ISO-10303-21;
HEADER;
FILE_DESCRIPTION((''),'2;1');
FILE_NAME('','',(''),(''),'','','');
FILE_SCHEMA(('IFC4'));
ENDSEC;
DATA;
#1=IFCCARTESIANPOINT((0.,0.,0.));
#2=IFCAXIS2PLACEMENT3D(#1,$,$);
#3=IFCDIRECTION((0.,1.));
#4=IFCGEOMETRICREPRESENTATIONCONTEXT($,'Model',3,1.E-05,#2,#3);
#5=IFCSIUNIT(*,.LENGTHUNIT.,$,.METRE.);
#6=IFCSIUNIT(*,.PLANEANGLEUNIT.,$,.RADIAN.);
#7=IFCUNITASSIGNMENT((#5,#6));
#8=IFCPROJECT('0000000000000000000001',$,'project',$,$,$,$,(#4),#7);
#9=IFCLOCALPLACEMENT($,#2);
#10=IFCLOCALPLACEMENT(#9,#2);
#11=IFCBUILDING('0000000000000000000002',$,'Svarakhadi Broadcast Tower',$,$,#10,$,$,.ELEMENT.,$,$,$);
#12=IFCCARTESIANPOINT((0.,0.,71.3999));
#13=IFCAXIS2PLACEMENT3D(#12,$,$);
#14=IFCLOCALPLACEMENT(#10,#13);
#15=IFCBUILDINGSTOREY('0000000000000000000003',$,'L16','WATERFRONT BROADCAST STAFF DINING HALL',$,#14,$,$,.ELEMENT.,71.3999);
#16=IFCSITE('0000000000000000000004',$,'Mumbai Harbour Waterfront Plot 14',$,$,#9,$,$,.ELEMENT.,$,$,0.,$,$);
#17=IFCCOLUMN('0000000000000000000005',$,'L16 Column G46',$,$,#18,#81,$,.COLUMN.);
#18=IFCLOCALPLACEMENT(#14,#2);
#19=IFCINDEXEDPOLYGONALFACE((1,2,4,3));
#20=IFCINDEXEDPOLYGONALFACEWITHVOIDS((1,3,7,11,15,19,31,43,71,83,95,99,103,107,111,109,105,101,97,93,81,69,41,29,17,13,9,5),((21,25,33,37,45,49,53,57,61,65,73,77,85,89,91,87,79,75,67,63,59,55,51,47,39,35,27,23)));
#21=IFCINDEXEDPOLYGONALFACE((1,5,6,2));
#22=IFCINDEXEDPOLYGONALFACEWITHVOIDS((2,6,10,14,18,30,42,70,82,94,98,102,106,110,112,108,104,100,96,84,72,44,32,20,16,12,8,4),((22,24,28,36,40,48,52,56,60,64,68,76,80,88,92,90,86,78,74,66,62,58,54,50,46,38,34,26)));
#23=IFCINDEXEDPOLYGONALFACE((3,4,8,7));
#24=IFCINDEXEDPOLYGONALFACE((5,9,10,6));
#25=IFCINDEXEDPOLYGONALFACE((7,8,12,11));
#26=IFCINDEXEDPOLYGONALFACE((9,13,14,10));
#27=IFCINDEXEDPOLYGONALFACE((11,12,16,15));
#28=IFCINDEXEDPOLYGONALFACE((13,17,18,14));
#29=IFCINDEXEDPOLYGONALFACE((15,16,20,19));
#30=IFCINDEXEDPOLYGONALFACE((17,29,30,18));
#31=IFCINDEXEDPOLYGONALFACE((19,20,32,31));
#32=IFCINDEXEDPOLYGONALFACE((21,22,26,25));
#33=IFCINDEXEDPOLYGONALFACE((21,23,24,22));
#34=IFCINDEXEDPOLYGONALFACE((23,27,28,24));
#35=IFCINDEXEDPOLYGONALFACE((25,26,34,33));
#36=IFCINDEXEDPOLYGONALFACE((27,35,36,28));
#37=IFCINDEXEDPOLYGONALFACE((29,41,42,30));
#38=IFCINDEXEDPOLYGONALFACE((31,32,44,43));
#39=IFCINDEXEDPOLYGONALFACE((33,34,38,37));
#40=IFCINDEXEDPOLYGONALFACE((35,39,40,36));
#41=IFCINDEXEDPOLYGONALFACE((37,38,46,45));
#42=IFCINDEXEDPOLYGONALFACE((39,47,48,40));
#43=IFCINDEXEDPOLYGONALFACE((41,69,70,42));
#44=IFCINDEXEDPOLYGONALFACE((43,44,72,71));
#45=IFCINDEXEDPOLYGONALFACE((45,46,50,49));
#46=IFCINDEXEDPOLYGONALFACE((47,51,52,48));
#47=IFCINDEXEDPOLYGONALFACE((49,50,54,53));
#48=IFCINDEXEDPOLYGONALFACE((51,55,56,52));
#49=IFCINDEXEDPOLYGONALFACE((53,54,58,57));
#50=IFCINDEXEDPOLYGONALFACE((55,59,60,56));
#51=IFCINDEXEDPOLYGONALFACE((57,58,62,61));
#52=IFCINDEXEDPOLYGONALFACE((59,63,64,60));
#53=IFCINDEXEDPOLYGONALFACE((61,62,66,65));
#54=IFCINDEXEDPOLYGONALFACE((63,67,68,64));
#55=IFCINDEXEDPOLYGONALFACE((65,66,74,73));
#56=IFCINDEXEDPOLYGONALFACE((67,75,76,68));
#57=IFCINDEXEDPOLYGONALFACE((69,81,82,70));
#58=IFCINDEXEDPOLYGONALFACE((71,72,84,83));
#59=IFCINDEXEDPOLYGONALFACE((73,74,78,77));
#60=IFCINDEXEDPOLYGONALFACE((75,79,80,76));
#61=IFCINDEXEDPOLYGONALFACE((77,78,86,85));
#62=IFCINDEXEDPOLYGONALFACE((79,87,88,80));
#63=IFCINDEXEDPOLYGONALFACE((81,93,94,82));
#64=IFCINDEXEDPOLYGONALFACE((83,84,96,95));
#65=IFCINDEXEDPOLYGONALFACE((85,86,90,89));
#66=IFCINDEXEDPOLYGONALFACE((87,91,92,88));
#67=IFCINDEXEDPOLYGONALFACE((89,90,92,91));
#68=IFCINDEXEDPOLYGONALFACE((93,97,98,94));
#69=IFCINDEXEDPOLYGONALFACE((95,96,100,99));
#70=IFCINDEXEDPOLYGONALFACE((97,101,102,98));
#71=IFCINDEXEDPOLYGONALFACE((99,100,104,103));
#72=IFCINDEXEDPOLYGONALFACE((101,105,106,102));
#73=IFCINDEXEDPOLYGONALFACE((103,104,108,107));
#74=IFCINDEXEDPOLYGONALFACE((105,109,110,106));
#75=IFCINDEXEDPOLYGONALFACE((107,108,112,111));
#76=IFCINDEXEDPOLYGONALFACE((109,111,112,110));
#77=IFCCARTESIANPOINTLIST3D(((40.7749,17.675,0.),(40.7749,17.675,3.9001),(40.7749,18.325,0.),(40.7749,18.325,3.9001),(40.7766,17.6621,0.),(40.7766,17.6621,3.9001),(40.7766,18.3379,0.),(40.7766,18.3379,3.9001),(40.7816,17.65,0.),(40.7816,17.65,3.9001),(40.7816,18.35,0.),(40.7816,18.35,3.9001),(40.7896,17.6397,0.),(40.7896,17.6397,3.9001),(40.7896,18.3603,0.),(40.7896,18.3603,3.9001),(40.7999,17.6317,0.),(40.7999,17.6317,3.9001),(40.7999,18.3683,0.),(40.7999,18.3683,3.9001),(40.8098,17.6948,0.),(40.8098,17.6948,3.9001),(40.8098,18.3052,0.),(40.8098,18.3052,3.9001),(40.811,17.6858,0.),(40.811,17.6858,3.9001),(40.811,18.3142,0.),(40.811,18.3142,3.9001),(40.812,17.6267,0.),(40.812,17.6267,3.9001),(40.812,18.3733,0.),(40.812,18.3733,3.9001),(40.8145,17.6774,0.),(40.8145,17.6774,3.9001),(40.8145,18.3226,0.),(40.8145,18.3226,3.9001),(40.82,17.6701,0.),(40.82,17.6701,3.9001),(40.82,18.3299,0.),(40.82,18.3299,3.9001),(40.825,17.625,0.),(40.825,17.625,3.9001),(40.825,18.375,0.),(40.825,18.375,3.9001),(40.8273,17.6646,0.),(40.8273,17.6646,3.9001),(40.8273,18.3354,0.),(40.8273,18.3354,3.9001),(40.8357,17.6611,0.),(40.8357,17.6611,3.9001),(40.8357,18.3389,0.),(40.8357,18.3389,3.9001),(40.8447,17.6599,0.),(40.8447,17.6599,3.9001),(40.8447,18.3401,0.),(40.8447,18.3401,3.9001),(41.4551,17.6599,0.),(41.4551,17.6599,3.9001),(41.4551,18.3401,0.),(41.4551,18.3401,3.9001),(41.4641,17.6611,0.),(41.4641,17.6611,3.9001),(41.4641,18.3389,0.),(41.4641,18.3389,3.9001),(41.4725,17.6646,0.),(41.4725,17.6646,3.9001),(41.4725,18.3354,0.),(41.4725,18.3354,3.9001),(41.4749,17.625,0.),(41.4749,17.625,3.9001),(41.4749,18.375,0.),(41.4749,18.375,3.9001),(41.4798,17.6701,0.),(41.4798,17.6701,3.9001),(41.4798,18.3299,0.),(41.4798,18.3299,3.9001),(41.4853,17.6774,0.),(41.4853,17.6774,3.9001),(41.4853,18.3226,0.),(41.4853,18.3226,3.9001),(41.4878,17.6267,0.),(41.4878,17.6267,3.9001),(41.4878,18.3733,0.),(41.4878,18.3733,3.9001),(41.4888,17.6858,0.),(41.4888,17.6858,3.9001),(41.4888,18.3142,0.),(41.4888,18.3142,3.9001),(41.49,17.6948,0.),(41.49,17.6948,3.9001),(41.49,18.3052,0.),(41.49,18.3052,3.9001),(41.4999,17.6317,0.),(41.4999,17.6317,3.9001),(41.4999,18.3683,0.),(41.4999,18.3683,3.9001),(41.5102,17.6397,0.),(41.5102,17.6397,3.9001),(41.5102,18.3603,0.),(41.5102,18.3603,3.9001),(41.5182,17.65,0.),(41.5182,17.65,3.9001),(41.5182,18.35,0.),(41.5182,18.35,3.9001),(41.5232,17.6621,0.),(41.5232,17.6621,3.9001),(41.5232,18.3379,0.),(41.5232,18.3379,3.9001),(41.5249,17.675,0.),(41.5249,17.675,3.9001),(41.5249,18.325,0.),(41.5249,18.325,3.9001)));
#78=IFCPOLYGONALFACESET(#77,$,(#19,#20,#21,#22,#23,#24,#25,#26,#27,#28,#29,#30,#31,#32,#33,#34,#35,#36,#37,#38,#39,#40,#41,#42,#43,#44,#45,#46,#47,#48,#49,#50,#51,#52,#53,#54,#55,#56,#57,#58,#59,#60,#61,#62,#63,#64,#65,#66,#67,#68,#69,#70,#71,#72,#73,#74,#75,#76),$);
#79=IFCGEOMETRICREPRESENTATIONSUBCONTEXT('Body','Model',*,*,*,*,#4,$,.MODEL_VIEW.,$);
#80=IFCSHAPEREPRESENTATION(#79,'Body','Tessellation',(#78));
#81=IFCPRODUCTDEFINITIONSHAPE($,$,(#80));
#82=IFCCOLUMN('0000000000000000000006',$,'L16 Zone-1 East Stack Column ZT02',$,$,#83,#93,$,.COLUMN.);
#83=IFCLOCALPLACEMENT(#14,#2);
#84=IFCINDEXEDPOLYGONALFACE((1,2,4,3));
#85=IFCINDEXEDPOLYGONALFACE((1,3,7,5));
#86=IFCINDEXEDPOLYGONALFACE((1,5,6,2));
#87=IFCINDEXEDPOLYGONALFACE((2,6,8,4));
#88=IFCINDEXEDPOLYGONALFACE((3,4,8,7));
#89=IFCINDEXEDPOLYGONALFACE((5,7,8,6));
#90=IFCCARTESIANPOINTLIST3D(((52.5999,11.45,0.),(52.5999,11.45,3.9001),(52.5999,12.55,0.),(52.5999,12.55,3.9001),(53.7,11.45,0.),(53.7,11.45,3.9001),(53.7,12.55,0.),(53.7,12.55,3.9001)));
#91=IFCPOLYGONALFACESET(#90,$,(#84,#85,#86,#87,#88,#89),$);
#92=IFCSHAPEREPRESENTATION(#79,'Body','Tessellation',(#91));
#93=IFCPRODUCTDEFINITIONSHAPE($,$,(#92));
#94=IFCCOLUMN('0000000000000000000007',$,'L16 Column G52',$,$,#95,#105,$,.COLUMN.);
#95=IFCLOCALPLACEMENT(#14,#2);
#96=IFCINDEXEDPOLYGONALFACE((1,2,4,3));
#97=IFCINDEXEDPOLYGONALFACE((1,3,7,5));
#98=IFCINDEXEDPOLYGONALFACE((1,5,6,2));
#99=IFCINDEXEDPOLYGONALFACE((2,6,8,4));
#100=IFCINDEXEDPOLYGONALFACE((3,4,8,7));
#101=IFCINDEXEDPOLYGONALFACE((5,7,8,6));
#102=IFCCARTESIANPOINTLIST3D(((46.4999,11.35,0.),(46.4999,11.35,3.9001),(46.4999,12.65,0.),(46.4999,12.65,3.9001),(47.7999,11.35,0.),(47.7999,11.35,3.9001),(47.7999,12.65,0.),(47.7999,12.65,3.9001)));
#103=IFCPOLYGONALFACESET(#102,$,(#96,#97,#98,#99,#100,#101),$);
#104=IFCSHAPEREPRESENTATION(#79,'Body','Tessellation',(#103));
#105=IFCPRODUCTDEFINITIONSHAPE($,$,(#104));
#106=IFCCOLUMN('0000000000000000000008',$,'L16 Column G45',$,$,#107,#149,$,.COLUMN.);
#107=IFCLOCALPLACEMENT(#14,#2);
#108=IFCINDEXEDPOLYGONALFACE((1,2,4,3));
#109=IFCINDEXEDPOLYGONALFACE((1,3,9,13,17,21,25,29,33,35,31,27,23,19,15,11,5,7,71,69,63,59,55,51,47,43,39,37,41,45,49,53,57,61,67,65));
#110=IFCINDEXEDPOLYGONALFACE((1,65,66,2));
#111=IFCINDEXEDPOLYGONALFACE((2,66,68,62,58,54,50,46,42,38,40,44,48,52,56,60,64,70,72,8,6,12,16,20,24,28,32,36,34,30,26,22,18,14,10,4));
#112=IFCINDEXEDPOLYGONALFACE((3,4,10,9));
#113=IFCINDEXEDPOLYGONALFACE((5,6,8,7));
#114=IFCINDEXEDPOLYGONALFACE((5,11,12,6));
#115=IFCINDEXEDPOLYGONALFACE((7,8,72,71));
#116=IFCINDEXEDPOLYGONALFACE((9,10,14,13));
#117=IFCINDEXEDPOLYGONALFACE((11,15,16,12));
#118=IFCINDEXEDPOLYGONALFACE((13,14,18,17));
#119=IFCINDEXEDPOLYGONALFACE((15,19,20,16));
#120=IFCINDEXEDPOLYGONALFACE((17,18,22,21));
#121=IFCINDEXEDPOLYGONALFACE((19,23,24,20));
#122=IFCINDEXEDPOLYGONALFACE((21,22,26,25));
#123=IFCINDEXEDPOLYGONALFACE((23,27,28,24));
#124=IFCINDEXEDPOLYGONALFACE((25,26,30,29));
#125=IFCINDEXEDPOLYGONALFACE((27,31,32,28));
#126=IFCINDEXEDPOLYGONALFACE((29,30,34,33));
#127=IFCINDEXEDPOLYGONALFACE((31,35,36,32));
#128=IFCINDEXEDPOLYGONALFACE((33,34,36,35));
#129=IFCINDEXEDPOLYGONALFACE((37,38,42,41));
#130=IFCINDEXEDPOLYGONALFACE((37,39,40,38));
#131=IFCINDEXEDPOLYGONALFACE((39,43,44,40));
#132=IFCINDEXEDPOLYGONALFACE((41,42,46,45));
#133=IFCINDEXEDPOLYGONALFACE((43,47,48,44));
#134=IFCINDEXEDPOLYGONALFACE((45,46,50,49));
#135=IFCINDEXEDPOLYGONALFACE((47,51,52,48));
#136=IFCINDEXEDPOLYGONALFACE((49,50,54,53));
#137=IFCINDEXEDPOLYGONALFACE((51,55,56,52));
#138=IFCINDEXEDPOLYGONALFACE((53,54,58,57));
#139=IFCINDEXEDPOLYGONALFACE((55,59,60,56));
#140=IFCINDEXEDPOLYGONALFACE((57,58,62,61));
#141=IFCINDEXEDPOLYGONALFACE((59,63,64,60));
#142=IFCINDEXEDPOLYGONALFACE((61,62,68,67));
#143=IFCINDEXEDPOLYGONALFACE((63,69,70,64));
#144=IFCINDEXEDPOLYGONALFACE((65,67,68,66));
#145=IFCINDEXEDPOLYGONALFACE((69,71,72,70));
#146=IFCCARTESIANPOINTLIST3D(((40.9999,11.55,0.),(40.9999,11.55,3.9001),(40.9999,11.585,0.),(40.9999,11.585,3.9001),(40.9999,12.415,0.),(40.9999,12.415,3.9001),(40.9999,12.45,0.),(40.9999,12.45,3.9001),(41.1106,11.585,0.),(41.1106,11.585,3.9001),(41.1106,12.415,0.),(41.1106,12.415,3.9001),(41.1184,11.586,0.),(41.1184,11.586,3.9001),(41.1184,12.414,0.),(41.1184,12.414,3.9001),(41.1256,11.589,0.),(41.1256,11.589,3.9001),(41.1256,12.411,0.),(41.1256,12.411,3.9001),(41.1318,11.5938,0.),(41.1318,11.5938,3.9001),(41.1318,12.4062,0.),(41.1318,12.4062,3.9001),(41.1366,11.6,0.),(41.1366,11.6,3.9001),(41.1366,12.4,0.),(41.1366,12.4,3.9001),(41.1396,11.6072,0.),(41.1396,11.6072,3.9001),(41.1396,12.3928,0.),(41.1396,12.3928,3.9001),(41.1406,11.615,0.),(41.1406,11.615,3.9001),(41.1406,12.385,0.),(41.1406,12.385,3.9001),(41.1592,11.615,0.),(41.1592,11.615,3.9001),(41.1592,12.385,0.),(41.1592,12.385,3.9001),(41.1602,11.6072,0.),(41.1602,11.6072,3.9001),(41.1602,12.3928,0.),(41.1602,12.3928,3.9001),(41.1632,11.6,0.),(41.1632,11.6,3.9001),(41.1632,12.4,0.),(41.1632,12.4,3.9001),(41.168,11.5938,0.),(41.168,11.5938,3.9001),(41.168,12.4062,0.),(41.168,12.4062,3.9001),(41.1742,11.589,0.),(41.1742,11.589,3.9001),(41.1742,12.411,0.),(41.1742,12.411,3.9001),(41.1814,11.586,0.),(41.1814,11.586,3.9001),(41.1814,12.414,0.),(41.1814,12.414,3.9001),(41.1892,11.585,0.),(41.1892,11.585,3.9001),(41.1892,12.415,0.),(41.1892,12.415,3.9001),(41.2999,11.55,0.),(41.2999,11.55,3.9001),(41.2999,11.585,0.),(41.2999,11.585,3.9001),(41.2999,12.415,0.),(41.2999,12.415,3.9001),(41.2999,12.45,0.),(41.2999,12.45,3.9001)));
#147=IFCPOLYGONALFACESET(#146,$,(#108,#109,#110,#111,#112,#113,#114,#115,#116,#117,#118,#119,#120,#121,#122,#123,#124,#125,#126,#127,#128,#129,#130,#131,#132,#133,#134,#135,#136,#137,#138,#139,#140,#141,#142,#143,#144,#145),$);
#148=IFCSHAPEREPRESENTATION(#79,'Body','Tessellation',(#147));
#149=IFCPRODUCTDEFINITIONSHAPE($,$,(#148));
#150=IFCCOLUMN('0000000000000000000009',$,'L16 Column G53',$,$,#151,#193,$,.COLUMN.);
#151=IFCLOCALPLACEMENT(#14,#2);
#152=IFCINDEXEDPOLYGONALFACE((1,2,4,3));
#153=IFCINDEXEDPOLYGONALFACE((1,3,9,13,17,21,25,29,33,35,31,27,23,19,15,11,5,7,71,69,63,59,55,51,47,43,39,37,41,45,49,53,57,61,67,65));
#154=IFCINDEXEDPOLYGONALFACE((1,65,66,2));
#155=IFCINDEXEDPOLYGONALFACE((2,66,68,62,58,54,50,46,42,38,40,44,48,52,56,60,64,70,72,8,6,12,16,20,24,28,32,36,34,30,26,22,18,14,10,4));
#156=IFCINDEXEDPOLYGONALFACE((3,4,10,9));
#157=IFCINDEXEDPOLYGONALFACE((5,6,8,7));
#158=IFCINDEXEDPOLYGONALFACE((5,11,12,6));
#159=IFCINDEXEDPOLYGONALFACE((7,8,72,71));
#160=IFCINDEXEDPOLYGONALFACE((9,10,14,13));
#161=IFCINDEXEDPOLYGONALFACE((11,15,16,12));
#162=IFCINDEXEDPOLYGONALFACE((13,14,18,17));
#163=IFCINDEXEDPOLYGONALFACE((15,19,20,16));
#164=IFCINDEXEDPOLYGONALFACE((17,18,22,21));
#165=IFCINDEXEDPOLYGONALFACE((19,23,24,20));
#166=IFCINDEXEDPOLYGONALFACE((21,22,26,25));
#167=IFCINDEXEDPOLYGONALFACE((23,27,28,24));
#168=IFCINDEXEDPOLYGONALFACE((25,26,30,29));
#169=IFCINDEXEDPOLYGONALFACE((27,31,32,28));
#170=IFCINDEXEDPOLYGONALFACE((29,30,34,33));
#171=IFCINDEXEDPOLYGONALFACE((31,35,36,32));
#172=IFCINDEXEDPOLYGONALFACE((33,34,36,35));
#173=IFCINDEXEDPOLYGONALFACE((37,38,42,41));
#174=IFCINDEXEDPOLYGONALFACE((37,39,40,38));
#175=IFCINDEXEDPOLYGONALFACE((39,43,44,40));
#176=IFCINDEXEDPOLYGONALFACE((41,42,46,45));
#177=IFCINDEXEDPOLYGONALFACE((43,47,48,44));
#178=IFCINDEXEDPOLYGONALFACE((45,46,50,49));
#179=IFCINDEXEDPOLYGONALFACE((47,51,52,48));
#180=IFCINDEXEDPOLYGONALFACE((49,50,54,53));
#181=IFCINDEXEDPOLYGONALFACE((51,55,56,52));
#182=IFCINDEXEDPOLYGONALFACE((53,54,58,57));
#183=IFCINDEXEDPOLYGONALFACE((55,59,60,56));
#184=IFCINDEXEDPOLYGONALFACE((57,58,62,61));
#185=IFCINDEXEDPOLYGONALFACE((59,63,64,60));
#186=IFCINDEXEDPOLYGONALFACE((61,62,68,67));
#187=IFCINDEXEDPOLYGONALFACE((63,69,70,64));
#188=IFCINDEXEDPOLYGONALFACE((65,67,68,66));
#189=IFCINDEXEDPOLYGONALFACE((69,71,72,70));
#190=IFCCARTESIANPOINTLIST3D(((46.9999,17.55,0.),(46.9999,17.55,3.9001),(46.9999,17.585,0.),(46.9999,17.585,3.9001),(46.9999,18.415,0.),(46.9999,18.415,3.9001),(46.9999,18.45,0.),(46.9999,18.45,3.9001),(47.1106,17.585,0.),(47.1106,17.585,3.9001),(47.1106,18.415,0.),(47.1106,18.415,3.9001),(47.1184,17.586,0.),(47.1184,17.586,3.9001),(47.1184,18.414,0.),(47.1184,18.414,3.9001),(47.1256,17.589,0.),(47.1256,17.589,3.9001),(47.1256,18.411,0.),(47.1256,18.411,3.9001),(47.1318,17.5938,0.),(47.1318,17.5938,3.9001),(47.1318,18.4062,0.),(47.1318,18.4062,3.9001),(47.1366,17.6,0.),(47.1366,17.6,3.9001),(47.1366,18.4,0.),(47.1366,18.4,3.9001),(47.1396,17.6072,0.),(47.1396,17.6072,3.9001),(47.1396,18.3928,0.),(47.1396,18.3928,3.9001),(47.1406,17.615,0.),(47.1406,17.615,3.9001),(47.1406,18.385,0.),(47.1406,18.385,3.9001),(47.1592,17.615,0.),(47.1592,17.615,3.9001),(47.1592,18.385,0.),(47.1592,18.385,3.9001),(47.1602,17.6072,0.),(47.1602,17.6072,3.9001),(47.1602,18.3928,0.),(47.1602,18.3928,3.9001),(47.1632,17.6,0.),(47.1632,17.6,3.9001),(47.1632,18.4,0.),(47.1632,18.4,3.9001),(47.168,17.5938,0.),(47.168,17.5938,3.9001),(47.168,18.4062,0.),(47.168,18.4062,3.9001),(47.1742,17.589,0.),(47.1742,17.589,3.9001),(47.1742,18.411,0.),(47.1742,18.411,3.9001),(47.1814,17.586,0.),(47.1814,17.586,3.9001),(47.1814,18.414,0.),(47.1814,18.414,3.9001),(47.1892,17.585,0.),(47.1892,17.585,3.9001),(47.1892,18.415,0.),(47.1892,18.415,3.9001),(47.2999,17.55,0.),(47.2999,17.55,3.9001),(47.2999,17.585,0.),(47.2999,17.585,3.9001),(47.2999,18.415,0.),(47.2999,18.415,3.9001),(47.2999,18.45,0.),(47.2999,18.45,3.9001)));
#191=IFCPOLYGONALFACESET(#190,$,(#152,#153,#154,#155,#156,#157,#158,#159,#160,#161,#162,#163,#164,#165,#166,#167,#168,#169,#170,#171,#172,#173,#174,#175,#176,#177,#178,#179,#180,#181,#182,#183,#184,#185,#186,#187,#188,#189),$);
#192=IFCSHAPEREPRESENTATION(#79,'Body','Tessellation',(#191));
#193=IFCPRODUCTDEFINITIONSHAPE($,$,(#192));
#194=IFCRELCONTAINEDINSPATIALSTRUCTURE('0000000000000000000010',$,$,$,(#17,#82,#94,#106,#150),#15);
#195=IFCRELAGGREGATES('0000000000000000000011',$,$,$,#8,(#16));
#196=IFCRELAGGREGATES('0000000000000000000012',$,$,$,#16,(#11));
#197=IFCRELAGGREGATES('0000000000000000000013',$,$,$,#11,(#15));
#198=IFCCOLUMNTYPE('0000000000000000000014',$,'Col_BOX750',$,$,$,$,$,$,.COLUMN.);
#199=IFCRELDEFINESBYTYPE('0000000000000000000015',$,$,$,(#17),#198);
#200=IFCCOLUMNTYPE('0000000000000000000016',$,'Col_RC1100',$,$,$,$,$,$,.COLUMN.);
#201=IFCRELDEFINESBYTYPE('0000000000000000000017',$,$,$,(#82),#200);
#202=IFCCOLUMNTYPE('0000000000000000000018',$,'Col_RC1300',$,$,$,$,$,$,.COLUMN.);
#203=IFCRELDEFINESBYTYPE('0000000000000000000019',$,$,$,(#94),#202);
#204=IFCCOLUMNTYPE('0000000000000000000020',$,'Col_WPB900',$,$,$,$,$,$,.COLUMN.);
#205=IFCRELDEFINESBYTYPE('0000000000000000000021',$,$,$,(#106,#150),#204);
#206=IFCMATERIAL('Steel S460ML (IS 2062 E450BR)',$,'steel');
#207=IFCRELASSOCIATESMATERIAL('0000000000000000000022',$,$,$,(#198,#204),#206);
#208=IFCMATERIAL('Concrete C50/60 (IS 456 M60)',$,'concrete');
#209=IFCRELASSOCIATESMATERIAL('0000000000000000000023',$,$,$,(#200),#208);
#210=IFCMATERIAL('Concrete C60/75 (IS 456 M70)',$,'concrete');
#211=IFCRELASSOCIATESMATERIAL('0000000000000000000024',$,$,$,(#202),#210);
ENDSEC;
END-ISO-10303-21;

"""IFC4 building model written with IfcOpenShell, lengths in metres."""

from ifc_helpers import new_model, si_unit, direction, frame, origin, origin_2d, place, context, subcontext, project, spatial, rectangle, hollow_rectangle, i_section, extrude, material, material_profile, profile_set, type_object, element, save


model = new_model("IFC4")

# Units and contexts
model_context = context("Model", 3, precision=1e-05, world=origin(), true_north=direction((0.0, 1.0)))
body_context = subcontext(model_context, "Body", "Model", "MODEL_VIEW")
ifc_project = project(units=[si_unit("LENGTHUNIT", "METRE"), si_unit("PLANEANGLEUNIT", "RADIAN")], contexts=[model_context])

# Site, building, storey
site_placement = place(None, origin())
site = spatial("IfcSite", under=ifc_project, at=site_placement, Name="Mumbai Harbour Waterfront Plot 14", CompositionType="ELEMENT", RefElevation=0.0)
building_placement = place(site_placement, origin())
building = spatial("IfcBuilding", under=site, at=building_placement, Name="Svarakhadi Broadcast Tower", CompositionType="ELEMENT")
storey_placement = place(building_placement, frame((0.0, 0.0, 71.3999)))
storey = spatial("IfcBuildingStorey", under=building, at=storey_placement, Name="L16", Description="WATERFRONT BROADCAST STAFF DINING HALL", CompositionType="ELEMENT", Elevation=71.3999)

# Columns
ifc_material_1 = material(Name="Steel S460ML (IS 2062 E450BR)", Category="steel")
ifc_material_profile_1 = material_profile(ifc_material_1, hollow_rectangle(XDim=0.75, YDim=0.75, WallThickness=0.0349, InnerFilletRadius=0.0349, OuterFilletRadius=0.05, at=origin_2d()), Name="BOX 750x750x35")
ifc_profile_set_1 = profile_set([ifc_material_profile_1], Name="Steel S460ML (IS 2062 E450BR)")
column_type_1 = type_object("IfcColumnType", Name="Col_BOX750", PredefinedType="COLUMN", material=ifc_profile_set_1)
column_1_placement = place(storey_placement, frame((41.1499, 18.0, 0.0), z_axis=(0.0, 0.0, 1.0), x_axis=(1.0, 0.0, 0.0)))
element("IfcColumn", 1, at=column_1_placement, inside=storey, type_object=column_type_1, Name="L16 Column G46", PredefinedType="COLUMN", context=body_context, shape_type="SweptSolid", body=[
    extrude(hollow_rectangle(XDim=0.75, YDim=0.75, WallThickness=0.0349, InnerFilletRadius=0.0349, OuterFilletRadius=0.05, at=origin_2d()), origin(), (0.0, 0.0, 1.0), 3.9001),
])
ifc_material_2 = material(Name="Concrete C50/60 (IS 456 M60)", Category="concrete")
ifc_material_profile_2 = material_profile(ifc_material_2, rectangle(XDim=1.1001, YDim=1.1001, at=origin_2d()), Name="RC 1100x1100")
ifc_profile_set_2 = profile_set([ifc_material_profile_2], Name="Concrete C50/60 (IS 456 M60)")
column_type_2 = type_object("IfcColumnType", Name="Col_RC1100", PredefinedType="COLUMN", material=ifc_profile_set_2)
column_2_placement = place(storey_placement, frame((53.1499, 12.0, 0.0), z_axis=(0.0, 0.0, 1.0), x_axis=(1.0, 0.0, 0.0)))
element("IfcColumn", 2, at=column_2_placement, inside=storey, type_object=column_type_2, Name="L16 Zone-1 East Stack Column ZT02", PredefinedType="COLUMN", context=body_context, shape_type="SweptSolid", body=[
    extrude(rectangle(XDim=1.1001, YDim=1.1001, at=origin_2d()), origin(), (0.0, 0.0, 1.0), 3.9001),
])
ifc_material_3 = material(Name="Concrete C60/75 (IS 456 M70)", Category="concrete")
ifc_material_profile_3 = material_profile(ifc_material_3, rectangle(XDim=1.3, YDim=1.3, at=origin_2d()), Name="RC 1300x1300")
ifc_profile_set_3 = profile_set([ifc_material_profile_3], Name="Concrete C60/75 (IS 456 M70)")
column_type_3 = type_object("IfcColumnType", Name="Col_RC1300", PredefinedType="COLUMN", material=ifc_profile_set_3)
column_3_placement = place(storey_placement, frame((47.1499, 12.0, 0.0), z_axis=(0.0, 0.0, 1.0), x_axis=(1.0, 0.0, 0.0)))
element("IfcColumn", 3, at=column_3_placement, inside=storey, type_object=column_type_3, Name="L16 Column G52", PredefinedType="COLUMN", context=body_context, shape_type="SweptSolid", body=[
    extrude(rectangle(XDim=1.3, YDim=1.3, at=origin_2d()), origin(), (0.0, 0.0, 1.0), 3.9001),
])
ifc_material_profile_4 = material_profile(ifc_material_1, i_section(OverallWidth=0.3, OverallDepth=0.8999, WebThickness=0.0186, FlangeThickness=0.0349, FilletRadius=0.03, at=origin_2d()), Name="WPB 900x300x291")
ifc_profile_set_4 = profile_set([ifc_material_profile_4], Name="Steel S460ML (IS 2062 E450BR)")
column_type_4 = type_object("IfcColumnType", Name="Col_WPB900", PredefinedType="COLUMN", material=ifc_profile_set_4)
for number, where, z_axis, x_axis, name in (
    (4, (41.1499, 12.0, 0.0), (0.0, 0.0, 1.0), (1.0, 0.0, 0.0), "L16 Column G45"),
    (5, (47.1499, 18.0, 0.0), (0.0, 0.0, 1.0), (1.0, 0.0, 0.0), "L16 Column G53"),
):
    element("IfcColumn", number, at=place(storey_placement, frame(where, z_axis=z_axis, x_axis=x_axis)), inside=storey, type_object=column_type_4, Name=name, PredefinedType="COLUMN", context=body_context, shape_type="SweptSolid", body=[
        extrude(i_section(OverallWidth=0.3, OverallDepth=0.8999, WebThickness=0.0186, FlangeThickness=0.0349, FilletRadius=0.03, at=origin_2d()), origin(), (0.0, 0.0, 1.0), 3.9001),
    ])

save(model, "model.ifc")
